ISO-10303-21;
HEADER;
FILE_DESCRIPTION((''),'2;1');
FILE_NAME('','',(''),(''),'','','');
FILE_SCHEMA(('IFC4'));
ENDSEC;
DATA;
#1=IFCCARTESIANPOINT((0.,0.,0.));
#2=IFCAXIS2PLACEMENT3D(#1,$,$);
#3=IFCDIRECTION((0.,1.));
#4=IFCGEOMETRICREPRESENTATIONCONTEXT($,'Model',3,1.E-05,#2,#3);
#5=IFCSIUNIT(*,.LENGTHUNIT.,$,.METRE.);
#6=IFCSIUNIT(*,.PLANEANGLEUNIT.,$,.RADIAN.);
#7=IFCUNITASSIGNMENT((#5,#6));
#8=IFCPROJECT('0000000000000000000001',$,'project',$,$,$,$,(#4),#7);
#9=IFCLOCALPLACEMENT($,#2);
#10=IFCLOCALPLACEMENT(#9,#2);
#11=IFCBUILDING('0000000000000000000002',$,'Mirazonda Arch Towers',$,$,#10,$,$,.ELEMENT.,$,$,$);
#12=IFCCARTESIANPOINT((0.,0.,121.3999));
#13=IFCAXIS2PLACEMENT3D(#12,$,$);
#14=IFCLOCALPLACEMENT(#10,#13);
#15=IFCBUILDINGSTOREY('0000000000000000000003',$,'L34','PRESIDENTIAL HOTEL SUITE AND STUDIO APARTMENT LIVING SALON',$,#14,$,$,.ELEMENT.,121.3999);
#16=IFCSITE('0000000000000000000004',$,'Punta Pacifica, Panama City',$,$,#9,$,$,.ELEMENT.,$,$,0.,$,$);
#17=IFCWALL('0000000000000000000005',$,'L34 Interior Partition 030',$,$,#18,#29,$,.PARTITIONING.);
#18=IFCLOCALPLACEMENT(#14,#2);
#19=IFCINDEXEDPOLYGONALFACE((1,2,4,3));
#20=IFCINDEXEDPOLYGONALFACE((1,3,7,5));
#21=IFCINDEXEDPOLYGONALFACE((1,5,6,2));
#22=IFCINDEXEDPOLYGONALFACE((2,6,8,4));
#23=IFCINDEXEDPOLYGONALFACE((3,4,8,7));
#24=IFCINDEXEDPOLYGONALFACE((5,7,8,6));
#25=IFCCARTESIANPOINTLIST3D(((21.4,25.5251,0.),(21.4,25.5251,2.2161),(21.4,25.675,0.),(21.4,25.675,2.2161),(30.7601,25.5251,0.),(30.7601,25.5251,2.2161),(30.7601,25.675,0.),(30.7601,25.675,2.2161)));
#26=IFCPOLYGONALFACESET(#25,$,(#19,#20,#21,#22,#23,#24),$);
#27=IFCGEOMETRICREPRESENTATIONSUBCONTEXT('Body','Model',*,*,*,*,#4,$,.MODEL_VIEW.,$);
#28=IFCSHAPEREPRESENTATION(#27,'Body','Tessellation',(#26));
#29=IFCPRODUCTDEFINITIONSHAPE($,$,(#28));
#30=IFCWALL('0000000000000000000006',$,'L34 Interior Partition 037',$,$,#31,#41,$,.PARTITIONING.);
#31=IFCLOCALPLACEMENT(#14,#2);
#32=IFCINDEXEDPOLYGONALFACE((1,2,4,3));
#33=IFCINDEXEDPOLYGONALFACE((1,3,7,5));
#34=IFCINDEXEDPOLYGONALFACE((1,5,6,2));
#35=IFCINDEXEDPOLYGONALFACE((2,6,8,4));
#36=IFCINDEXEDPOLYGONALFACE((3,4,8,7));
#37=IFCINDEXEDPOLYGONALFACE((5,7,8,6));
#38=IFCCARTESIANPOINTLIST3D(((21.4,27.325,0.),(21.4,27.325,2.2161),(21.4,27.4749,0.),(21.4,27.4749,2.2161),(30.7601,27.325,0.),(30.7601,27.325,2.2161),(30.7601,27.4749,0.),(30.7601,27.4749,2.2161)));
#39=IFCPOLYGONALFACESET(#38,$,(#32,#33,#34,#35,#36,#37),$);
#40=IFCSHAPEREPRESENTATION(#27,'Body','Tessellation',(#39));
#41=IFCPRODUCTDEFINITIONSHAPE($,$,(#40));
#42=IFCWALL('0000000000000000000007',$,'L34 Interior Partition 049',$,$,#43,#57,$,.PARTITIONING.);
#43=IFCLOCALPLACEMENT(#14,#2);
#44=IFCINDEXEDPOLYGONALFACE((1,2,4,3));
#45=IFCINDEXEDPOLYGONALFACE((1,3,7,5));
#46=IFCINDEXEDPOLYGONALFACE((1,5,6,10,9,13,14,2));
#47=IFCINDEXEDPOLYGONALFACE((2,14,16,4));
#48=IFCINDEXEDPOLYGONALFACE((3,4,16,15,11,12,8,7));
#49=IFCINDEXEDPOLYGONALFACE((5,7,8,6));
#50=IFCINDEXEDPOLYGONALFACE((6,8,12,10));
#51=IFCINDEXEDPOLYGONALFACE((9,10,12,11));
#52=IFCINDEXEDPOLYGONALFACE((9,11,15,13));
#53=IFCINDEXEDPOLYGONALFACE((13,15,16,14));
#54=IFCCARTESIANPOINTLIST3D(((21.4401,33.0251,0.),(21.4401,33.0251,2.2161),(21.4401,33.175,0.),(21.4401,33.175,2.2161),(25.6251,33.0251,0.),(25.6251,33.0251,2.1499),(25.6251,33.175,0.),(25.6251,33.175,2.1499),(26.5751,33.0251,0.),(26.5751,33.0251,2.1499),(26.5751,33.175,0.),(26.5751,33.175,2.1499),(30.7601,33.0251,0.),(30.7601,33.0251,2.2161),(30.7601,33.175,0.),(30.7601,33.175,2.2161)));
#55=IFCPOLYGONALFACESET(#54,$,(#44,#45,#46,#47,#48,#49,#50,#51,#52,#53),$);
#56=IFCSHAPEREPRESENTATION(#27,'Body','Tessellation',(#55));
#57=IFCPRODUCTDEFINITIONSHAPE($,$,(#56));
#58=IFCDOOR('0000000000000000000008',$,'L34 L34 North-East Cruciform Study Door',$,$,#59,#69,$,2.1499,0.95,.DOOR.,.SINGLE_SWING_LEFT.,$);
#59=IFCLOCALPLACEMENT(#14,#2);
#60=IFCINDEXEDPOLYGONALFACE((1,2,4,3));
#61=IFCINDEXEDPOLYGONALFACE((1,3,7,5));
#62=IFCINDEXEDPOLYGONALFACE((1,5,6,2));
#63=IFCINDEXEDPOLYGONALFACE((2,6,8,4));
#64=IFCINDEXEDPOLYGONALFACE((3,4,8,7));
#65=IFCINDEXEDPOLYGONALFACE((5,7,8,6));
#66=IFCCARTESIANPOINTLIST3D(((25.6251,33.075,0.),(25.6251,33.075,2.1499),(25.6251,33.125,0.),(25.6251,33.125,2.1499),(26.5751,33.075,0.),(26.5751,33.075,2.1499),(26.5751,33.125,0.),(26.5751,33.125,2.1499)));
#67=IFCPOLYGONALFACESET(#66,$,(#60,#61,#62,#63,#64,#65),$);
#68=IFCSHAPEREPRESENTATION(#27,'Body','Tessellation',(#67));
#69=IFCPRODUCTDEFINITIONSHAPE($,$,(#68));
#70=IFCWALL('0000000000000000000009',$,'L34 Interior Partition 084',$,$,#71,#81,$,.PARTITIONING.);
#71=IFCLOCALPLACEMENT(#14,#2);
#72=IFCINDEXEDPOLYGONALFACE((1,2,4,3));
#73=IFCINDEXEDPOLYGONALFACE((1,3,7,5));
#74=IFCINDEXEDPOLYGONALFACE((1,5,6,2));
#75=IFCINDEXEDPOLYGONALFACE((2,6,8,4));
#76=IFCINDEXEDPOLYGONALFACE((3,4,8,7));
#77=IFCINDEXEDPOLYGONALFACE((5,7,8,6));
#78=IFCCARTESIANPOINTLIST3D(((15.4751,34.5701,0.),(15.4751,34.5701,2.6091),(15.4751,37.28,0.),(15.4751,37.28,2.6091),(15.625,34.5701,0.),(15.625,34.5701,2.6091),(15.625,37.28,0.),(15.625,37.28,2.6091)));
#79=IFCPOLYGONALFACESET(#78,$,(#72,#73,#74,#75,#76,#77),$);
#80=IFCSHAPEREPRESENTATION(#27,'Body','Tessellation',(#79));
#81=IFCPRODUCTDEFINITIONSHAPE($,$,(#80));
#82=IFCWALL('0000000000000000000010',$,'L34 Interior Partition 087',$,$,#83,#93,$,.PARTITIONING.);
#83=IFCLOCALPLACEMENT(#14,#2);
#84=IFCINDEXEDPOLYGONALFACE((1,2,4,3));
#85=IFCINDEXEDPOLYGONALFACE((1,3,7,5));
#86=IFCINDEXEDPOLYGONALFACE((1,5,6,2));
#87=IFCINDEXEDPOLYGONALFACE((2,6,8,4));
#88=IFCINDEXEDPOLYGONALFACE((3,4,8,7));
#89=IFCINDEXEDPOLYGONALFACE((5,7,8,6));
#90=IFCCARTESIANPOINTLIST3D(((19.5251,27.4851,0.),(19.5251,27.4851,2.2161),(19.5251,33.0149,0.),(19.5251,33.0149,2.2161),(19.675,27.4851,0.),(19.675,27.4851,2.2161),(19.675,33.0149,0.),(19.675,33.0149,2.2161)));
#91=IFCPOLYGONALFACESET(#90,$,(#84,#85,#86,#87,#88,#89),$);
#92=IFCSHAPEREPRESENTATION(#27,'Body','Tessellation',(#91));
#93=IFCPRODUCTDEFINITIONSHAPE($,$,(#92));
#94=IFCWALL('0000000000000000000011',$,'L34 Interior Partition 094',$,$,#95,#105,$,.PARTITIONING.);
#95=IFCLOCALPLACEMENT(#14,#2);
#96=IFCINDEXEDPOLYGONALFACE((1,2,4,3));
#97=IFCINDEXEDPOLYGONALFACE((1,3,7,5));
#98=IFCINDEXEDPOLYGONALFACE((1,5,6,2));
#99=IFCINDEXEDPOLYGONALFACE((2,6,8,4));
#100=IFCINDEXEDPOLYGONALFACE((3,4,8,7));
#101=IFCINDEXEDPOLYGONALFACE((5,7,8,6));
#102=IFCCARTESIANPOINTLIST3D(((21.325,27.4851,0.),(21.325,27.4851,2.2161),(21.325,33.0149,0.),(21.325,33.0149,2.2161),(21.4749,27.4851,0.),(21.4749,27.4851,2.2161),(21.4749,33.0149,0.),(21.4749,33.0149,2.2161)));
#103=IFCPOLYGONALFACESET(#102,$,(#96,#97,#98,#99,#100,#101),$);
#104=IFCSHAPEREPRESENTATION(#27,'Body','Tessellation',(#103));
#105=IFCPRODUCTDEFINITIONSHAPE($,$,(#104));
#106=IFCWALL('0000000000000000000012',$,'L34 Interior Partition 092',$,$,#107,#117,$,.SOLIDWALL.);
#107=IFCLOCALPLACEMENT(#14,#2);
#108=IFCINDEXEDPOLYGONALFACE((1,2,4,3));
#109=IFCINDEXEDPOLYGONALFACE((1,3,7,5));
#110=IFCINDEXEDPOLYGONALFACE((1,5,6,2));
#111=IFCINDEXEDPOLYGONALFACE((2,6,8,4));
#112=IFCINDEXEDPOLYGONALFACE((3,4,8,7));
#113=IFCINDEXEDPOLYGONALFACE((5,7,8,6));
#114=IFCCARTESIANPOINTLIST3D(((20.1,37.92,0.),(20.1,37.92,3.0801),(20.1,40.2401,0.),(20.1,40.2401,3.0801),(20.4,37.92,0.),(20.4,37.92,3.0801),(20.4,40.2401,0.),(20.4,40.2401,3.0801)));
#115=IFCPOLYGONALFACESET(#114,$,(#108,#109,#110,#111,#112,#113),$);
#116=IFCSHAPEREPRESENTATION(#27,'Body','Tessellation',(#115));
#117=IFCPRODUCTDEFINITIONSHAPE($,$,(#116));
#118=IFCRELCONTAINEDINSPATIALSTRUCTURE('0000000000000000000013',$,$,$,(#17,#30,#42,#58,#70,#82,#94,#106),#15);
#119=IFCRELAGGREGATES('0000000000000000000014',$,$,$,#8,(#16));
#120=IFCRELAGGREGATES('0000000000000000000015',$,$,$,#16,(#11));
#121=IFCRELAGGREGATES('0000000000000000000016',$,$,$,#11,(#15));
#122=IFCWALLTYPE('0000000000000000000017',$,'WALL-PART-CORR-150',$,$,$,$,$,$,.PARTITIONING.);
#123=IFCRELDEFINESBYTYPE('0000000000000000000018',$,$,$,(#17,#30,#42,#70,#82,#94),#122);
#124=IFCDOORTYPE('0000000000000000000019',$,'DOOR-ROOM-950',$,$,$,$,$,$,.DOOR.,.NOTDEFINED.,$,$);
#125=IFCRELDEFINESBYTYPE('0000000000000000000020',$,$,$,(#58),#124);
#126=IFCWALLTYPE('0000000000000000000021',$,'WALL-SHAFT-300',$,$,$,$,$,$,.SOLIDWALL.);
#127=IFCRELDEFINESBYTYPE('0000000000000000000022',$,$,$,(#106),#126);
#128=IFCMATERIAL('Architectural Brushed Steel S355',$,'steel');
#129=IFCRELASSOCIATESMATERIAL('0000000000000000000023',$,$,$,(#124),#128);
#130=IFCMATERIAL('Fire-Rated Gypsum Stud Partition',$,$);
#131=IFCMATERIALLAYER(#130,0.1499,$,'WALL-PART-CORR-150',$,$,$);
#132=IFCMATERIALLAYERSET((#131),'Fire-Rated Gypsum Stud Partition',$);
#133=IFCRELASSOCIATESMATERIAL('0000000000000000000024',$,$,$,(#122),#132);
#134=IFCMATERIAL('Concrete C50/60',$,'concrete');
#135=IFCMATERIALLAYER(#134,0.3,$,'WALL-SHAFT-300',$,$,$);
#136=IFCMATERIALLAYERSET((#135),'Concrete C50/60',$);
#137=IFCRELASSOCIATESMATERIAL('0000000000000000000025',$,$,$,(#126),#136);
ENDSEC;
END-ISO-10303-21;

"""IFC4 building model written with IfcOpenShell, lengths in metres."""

from ifc_helpers import new_model, si_unit, direction, frame, frame_2d, origin, place, context, subcontext, project, spatial, rectangle, extrude, material, layer, layer_set, type_object, element, fill, save


model = new_model("IFC4")

# Units and contexts
model_context = context("Model", 3, precision=1e-05, world=origin(), true_north=direction((0.0, 1.0)))
body_context = subcontext(model_context, "Body", "Model", "MODEL_VIEW")
ifc_project = project(units=[si_unit("LENGTHUNIT", "METRE"), si_unit("PLANEANGLEUNIT", "RADIAN")], contexts=[model_context])

# Site, building, storey
site_placement = place(None, origin())
site = spatial("IfcSite", under=ifc_project, at=site_placement, Name="Punta Pacifica, Panama City", CompositionType="ELEMENT", RefElevation=0.0)
building_placement = place(site_placement, origin())
building = spatial("IfcBuilding", under=site, at=building_placement, Name="Mirazonda Arch Towers", CompositionType="ELEMENT")
storey_placement = place(building_placement, frame((0.0, 0.0, 121.3999)))
storey = spatial("IfcBuildingStorey", under=building, at=storey_placement, Name="L34", Description="PRESIDENTIAL HOTEL SUITE AND STUDIO APARTMENT LIVING SALON", CompositionType="ELEMENT", Elevation=121.3999)

# Shared definitions
ifc_material_1 = material(Name="Architectural Brushed Steel S355", Category="steel")
door_type_1 = type_object("IfcDoorType", Name="DOOR-ROOM-950", OperationType="NOTDEFINED", PredefinedType="DOOR", material=ifc_material_1)

# Walls
ifc_material_2 = material(Name="Fire-Rated Gypsum Stud Partition")
ifc_layer_1 = layer(ifc_material_2, 0.1499, Name="WALL-PART-CORR-150")
ifc_layer_set_1 = layer_set([ifc_layer_1], Name="Fire-Rated Gypsum Stud Partition")
wall_type_1 = type_object("IfcWallType", Name="WALL-PART-CORR-150", PredefinedType="PARTITIONING", material=ifc_layer_set_1)
for number, where, z_axis, x_axis, name in (
    (1, (21.3999, 25.6001, 0.0), (0.0, 0.0, 1.0), (1.0, 0.0, 0.0), "L34 Interior Partition 030"),
    (2, (21.3999, 27.3999, 0.0), (0.0, 0.0, 1.0), (1.0, 0.0, 0.0), "L34 Interior Partition 037"),
):
    element("IfcWall", number, at=place(storey_placement, frame(where, z_axis=z_axis, x_axis=x_axis)), inside=storey, type_object=wall_type_1, Name=name, PredefinedType="PARTITIONING", context=body_context, shape_type="SweptSolid", body=[
        extrude(rectangle(XDim=9.3601, YDim=0.1499, at=frame_2d((4.6802, 0.0))), origin(), (0.0, 0.0, 1.0), 2.2161),
    ])

# Wall, opening, door
wall_1_placement = place(storey_placement, frame((21.4399, 33.1001, 0.0), z_axis=(0.0, 0.0, 1.0), x_axis=(1.0, 0.0, 0.0)))
wall_1 = element("IfcWall", 3, at=wall_1_placement, inside=storey, type_object=wall_type_1, Name="L34 Interior Partition 049", PredefinedType="PARTITIONING", context=body_context, shape_type="SweptSolid", body=[
    extrude(rectangle(XDim=9.3201, YDim=0.1499, at=frame_2d((4.6602, 0.0))), origin(), (0.0, 0.0, 1.0), 2.2161),
])
opening_1_placement = place(wall_1_placement, frame((4.1851, 0.0, 0.0)))
opening_1 = element("IfcOpeningElement", 4, at=opening_1_placement, cuts=wall_1, PredefinedType="OPENING", context=body_context, shape_type="SweptSolid", body=[
    extrude(rectangle(XDim=0.95, YDim=2.1499, at=frame_2d((0.4751, 1.075))), frame((0.0, 0.085, 0.0), z_axis=(0.0, -1.0, 0.0), x_axis=(1.0, 0.0, 0.0)), (0.0, 0.0, 1.0), 0.1699),
])
door_1_placement = place(opening_1_placement, origin())
door_1 = element("IfcDoor", 5, at=door_1_placement, inside=storey, type_object=door_type_1, Name="L34 L34 North-East Cruciform Study Door", OperationType="SINGLE_SWING_LEFT", OverallHeight=2.1499, OverallWidth=0.95, PredefinedType="DOOR", context=body_context, shape_type="SweptSolid", body=[
    extrude(rectangle(XDim=0.95, YDim=2.1499, at=frame_2d((0.4751, 1.075))), frame((0.0, 0.0249, 0.0), z_axis=(0.0, -1.0, 0.0), x_axis=(1.0, 0.0, 0.0)), (0.0, 0.0, 1.0), 0.05),
])
fill(opening_1, door_1)

# Walls
wall_2_placement = place(storey_placement, frame((15.55, 34.5701, 0.0), z_axis=(0.0, 0.0, 1.0), x_axis=(0.0, 1.0, 0.0)))
element("IfcWall", 6, at=wall_2_placement, inside=storey, type_object=wall_type_1, Name="L34 Interior Partition 084", PredefinedType="PARTITIONING", context=body_context, shape_type="SweptSolid", body=[
    extrude(rectangle(XDim=2.71, YDim=0.1499, at=frame_2d((1.355, 0.0))), origin(), (0.0, 0.0, 1.0), 2.6091),
])
for number, where, z_axis, x_axis, name in (
    (7, (19.6001, 27.4851, 0.0), (0.0, 0.0, 1.0), (0.0, 1.0, 0.0), "L34 Interior Partition 087"),
    (8, (21.3999, 27.4851, 0.0), (0.0, 0.0, 1.0), (0.0, 1.0, 0.0), "L34 Interior Partition 094"),
):
    element("IfcWall", number, at=place(storey_placement, frame(where, z_axis=z_axis, x_axis=x_axis)), inside=storey, type_object=wall_type_1, Name=name, PredefinedType="PARTITIONING", context=body_context, shape_type="SweptSolid", body=[
        extrude(rectangle(XDim=5.5298, YDim=0.1499, at=frame_2d((2.7649, 0.0))), origin(), (0.0, 0.0, 1.0), 2.2161),
    ])
ifc_material_3 = material(Name="Concrete C50/60", Category="concrete")
ifc_layer_2 = layer(ifc_material_3, 0.3, Name="WALL-SHAFT-300")
ifc_layer_set_2 = layer_set([ifc_layer_2], Name="Concrete C50/60")
wall_type_2 = type_object("IfcWallType", Name="WALL-SHAFT-300", PredefinedType="SOLIDWALL", material=ifc_layer_set_2)
wall_3_placement = place(storey_placement, frame((20.25, 37.9199, 0.0), z_axis=(0.0, 0.0, 1.0), x_axis=(0.0, 1.0, 0.0)))
element("IfcWall", 9, at=wall_3_placement, inside=storey, type_object=wall_type_2, Name="L34 Interior Partition 092", PredefinedType="SOLIDWALL", context=body_context, shape_type="SweptSolid", body=[
    extrude(rectangle(XDim=2.3201, YDim=0.3, at=frame_2d((1.1602, 0.0))), origin(), (0.0, 0.0, 1.0), 3.0801),
])

save(model, "model.ifc")
